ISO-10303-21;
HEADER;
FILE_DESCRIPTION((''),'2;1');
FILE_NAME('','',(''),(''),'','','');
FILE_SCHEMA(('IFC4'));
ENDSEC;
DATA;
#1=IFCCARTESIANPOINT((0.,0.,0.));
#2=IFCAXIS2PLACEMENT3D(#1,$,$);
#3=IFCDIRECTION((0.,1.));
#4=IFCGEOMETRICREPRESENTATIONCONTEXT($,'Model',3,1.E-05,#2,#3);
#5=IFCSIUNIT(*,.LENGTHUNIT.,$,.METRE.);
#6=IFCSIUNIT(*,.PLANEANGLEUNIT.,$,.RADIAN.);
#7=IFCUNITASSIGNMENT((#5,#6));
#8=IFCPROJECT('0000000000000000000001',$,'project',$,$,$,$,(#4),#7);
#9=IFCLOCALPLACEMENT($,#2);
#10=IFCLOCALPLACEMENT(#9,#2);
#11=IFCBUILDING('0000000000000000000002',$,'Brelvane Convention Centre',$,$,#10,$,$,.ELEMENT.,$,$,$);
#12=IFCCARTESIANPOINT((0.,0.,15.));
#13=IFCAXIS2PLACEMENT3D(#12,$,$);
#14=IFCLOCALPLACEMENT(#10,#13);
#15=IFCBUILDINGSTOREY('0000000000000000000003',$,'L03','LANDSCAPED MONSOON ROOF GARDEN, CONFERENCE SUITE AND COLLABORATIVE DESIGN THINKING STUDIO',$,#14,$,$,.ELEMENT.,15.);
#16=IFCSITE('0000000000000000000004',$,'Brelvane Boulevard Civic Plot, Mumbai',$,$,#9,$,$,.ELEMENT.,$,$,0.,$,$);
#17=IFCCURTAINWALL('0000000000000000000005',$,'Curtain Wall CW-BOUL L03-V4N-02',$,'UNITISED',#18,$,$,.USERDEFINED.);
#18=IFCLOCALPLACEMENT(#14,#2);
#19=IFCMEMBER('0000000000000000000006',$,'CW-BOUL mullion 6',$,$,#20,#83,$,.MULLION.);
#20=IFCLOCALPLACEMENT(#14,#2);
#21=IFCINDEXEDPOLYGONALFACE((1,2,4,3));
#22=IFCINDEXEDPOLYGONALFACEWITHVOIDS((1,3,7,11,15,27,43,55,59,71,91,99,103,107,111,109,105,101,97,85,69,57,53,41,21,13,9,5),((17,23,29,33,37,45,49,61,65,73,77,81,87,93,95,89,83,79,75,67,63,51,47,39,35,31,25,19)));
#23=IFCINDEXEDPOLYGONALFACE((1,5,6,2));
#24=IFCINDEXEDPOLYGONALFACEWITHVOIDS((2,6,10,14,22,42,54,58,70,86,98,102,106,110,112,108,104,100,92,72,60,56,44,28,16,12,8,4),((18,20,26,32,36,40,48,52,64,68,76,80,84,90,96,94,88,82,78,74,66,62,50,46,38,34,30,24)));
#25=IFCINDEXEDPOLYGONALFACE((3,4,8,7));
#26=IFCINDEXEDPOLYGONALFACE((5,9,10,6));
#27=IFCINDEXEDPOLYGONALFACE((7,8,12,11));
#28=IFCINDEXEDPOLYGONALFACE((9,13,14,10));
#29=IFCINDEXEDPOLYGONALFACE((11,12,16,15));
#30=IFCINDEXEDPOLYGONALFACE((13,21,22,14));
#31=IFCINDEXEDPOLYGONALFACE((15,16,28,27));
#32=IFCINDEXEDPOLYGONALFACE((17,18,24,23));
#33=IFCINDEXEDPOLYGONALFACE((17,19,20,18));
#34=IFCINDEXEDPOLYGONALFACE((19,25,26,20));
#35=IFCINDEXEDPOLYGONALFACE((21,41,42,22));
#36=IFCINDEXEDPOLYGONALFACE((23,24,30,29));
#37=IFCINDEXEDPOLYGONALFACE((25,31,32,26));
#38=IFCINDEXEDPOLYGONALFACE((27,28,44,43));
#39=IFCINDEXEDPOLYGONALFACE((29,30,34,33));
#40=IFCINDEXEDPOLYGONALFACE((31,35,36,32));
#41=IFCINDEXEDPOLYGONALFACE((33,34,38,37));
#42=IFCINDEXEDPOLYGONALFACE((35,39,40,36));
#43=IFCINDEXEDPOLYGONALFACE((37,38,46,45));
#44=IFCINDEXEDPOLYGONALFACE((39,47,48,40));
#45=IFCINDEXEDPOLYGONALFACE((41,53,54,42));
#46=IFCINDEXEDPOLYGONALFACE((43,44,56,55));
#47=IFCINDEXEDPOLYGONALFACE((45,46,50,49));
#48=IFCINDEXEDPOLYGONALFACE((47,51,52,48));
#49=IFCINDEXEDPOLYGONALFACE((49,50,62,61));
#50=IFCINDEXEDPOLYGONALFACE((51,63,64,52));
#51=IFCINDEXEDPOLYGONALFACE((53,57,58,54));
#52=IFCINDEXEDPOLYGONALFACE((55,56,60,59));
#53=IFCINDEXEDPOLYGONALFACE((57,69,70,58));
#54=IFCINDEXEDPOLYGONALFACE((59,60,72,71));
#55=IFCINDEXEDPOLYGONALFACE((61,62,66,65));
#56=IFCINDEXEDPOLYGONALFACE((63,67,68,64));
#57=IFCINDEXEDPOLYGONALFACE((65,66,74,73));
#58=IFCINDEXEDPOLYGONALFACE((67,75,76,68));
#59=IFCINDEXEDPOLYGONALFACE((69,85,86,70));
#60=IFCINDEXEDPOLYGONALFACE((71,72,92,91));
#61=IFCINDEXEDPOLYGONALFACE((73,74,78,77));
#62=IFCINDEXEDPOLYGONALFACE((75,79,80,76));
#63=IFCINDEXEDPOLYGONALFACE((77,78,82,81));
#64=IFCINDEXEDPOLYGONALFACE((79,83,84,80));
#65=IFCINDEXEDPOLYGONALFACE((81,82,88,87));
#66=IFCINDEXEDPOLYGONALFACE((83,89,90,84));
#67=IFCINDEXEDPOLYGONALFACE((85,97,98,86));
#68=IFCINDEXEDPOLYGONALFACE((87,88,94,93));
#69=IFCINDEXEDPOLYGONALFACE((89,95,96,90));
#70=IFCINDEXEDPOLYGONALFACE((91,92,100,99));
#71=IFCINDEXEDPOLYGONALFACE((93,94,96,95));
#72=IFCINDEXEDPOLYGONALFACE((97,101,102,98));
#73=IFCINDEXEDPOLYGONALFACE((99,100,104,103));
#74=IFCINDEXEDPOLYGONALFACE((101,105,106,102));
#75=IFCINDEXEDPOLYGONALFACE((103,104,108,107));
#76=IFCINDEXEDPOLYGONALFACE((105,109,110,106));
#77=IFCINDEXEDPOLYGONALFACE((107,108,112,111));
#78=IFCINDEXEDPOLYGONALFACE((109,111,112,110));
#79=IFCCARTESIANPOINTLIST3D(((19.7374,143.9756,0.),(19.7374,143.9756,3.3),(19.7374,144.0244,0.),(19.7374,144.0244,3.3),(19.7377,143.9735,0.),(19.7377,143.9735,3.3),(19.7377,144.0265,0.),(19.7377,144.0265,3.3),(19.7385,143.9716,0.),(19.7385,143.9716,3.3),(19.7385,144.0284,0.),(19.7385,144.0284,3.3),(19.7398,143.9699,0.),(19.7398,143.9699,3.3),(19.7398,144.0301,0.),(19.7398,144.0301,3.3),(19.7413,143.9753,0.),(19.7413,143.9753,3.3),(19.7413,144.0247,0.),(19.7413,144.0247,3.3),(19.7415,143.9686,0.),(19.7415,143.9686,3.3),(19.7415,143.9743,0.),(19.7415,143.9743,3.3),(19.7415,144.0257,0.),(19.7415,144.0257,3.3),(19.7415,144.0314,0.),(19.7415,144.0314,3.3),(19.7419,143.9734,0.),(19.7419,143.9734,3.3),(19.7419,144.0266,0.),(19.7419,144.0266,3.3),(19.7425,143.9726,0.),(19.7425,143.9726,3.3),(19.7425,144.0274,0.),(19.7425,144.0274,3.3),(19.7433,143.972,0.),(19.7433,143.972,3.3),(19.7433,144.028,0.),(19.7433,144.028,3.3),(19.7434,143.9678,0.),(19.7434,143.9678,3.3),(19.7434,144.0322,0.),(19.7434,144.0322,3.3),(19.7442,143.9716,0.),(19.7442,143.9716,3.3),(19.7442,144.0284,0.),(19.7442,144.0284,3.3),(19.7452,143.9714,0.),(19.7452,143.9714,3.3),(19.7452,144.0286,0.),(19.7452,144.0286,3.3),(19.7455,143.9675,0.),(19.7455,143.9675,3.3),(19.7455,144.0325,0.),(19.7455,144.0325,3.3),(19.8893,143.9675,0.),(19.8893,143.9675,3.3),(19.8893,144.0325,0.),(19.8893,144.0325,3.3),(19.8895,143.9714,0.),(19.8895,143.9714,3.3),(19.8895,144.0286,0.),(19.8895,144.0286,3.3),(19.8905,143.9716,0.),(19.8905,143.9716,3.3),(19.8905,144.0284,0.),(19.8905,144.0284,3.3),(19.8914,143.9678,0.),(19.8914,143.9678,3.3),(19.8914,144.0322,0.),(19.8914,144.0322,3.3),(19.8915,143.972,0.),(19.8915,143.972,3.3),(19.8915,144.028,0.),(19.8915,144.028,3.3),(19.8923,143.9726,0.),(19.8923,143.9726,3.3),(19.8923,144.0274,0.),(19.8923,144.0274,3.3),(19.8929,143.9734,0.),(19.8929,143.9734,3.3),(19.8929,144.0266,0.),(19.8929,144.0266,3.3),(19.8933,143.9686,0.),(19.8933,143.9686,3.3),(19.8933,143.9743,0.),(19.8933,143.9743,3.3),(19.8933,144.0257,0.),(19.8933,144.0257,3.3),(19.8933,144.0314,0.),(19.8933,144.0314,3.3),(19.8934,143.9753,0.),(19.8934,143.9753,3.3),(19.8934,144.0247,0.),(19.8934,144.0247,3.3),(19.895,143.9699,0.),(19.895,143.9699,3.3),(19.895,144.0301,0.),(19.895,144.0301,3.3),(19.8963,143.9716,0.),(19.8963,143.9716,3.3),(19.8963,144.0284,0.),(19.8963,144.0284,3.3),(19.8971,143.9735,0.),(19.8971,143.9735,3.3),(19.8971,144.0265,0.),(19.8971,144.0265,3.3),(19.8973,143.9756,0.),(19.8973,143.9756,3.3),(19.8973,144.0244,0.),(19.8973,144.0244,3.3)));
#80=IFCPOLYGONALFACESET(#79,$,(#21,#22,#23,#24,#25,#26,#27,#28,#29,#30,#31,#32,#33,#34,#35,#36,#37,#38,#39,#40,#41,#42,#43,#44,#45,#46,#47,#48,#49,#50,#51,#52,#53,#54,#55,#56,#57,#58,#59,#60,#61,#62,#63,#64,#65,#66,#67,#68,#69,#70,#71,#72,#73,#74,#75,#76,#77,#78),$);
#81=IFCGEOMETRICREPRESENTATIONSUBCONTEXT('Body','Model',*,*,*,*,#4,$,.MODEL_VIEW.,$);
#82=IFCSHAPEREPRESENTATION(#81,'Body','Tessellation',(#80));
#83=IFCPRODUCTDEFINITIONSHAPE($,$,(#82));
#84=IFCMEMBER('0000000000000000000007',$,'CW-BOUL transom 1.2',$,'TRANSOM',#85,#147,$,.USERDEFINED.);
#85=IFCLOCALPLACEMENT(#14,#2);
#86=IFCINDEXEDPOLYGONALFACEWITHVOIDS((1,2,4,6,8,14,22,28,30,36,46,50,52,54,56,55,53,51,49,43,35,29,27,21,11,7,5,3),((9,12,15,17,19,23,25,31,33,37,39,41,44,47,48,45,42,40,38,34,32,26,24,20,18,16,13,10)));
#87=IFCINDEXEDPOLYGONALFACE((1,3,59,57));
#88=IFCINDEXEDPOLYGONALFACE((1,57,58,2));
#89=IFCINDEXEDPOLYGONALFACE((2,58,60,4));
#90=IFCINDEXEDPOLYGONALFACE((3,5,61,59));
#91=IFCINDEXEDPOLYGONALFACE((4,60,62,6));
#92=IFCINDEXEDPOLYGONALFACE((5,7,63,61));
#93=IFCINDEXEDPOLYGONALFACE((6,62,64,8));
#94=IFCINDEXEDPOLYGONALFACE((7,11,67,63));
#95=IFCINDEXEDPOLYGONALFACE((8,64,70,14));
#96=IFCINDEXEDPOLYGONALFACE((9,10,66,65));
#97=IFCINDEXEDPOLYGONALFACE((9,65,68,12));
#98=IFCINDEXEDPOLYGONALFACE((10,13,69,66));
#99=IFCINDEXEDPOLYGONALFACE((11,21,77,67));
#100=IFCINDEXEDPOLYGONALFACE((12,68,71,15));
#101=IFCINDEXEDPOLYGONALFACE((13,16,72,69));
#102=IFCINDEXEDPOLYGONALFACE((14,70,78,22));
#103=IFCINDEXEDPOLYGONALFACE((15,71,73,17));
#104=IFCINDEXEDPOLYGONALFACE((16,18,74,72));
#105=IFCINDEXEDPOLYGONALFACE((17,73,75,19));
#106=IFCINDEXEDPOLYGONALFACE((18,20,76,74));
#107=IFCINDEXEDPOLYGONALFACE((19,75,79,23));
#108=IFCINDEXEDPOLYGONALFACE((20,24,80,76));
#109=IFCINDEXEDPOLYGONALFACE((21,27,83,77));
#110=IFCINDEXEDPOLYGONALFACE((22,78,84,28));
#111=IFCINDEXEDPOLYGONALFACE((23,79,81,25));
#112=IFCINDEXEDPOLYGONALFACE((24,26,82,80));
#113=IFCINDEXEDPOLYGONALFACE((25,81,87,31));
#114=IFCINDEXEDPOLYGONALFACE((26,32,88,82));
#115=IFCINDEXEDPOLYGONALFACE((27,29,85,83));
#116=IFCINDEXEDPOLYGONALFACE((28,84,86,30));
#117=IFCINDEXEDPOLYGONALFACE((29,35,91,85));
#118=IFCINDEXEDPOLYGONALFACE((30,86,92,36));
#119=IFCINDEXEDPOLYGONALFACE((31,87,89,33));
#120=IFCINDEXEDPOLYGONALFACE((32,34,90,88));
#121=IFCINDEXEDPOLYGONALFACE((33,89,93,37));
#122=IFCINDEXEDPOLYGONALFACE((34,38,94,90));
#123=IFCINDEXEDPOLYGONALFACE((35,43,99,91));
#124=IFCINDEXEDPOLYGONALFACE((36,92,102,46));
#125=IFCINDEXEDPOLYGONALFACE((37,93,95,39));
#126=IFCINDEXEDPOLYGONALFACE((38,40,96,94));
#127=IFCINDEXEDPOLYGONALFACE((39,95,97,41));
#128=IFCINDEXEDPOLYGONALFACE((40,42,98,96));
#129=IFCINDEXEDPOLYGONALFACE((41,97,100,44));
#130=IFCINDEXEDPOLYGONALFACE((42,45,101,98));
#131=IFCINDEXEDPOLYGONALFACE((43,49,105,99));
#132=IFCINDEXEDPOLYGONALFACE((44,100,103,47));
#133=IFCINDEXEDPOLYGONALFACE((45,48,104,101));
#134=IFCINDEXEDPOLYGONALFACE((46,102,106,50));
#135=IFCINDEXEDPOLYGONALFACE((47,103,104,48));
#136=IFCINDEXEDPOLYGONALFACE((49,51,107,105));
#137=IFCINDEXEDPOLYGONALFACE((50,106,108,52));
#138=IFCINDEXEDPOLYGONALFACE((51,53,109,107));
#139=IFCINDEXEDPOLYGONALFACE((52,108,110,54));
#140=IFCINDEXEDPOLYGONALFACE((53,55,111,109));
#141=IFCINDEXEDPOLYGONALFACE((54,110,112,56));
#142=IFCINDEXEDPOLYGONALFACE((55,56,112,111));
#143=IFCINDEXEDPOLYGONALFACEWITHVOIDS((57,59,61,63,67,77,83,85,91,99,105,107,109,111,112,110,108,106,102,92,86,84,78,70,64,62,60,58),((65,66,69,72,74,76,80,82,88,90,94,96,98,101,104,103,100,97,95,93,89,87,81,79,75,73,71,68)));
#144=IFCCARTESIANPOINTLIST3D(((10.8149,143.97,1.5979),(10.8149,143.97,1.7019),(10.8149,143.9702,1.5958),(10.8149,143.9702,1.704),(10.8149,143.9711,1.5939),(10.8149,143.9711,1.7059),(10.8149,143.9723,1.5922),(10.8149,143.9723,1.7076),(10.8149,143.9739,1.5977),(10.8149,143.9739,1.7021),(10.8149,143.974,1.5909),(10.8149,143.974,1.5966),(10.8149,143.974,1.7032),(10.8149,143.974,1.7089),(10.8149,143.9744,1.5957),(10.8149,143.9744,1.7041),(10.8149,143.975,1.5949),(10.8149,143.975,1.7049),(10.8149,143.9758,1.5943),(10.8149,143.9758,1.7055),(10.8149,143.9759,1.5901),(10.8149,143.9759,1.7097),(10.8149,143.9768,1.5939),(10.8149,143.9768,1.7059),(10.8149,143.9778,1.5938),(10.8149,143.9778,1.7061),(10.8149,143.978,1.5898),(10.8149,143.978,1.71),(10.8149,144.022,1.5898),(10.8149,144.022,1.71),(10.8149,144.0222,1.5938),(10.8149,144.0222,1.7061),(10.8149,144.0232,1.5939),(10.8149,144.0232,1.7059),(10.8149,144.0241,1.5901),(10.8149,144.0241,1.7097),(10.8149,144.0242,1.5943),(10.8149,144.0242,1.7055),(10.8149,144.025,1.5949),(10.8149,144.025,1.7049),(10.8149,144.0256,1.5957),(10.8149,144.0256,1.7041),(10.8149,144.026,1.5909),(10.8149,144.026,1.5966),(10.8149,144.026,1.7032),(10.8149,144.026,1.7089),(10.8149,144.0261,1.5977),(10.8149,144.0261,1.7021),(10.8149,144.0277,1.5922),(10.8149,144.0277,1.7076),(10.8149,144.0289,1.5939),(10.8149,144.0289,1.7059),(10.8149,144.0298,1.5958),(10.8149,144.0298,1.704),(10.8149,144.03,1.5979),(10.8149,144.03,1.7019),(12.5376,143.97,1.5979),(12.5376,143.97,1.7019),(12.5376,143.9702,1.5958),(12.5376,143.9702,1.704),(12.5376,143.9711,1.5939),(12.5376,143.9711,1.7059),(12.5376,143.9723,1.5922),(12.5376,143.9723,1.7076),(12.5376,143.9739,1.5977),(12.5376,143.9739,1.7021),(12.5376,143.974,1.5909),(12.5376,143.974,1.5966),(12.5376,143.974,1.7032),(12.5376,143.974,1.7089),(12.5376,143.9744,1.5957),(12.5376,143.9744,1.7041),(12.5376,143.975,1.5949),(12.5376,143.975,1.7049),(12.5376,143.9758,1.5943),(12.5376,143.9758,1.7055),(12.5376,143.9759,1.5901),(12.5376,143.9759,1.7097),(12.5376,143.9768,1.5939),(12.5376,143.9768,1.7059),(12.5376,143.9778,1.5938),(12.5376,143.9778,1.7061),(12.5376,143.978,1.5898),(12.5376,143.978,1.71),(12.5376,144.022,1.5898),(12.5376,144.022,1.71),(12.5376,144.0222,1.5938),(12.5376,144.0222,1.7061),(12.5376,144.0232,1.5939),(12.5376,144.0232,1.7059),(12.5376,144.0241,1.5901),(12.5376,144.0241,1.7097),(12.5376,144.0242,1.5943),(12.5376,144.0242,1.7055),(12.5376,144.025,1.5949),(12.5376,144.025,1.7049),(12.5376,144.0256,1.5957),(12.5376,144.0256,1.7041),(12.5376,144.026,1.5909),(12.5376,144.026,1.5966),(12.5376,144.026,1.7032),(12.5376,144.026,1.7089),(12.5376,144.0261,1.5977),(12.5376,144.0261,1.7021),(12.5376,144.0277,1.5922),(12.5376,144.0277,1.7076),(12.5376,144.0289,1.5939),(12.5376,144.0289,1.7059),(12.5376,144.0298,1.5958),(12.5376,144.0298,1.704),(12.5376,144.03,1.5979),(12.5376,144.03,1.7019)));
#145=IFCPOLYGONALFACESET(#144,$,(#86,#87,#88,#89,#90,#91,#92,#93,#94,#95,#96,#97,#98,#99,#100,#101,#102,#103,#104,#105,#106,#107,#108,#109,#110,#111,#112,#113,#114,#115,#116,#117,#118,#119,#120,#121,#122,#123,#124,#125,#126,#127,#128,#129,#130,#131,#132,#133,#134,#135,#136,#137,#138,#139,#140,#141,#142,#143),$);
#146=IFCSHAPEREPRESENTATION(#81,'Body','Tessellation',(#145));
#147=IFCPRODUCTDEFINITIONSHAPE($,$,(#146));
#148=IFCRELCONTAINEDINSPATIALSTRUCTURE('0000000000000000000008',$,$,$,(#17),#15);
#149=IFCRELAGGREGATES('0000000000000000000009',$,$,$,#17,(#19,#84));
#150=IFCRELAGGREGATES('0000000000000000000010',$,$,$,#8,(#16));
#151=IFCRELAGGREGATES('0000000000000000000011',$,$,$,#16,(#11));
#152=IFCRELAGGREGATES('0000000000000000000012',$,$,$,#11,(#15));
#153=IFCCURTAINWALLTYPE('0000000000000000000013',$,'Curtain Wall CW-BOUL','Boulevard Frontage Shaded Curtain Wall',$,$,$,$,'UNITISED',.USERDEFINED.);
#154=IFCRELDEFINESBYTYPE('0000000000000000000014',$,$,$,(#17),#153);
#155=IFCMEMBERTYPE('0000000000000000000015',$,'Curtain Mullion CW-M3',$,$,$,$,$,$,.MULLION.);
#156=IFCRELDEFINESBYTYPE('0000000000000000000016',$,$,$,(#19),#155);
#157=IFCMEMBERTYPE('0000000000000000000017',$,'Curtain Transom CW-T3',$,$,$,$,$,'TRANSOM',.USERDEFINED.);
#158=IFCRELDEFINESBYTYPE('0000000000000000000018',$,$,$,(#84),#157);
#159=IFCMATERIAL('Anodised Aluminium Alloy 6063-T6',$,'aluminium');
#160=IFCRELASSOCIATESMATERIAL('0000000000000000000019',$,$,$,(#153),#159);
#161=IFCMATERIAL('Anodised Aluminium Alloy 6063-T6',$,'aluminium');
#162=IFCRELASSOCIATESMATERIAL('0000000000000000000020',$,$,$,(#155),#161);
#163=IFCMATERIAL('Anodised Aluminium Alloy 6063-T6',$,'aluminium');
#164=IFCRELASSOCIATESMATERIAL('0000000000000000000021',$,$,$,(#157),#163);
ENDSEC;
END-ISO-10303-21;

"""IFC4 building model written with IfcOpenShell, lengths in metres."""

from ifc_helpers import new_model, si_unit, direction, frame, origin, origin_2d, place, context, subcontext, project, spatial, hollow_rectangle, extrude, material, material_profile, profile_set, type_object, element, aggregate, save


model = new_model("IFC4")

# Units and contexts
model_context = context("Model", 3, precision=1e-05, world=origin(), true_north=direction((0.0, 1.0)))
body_context = subcontext(model_context, "Body", "Model", "MODEL_VIEW")
ifc_project = project(units=[si_unit("LENGTHUNIT", "METRE"), si_unit("PLANEANGLEUNIT", "RADIAN")], contexts=[model_context])

# Site, building, storey
site_placement = place(None, origin())
site = spatial("IfcSite", under=ifc_project, at=site_placement, Name="Brelvane Boulevard Civic Plot, Mumbai", CompositionType="ELEMENT", RefElevation=0.0)
building_placement = place(site_placement, origin())
building = spatial("IfcBuilding", under=site, at=building_placement, Name="Brelvane Convention Centre", CompositionType="ELEMENT")
storey_placement = place(building_placement, frame((0.0, 0.0, 15.0)))
storey = spatial("IfcBuildingStorey", under=building, at=storey_placement, Name="L03", Description="LANDSCAPED MONSOON ROOF GARDEN, CONFERENCE SUITE AND COLLABORATIVE DESIGN THINKING STUDIO", CompositionType="ELEMENT", Elevation=15.0)

# Curtain wall, members
ifc_material_1 = material(Name="Anodised Aluminium Alloy 6063-T6", Category="aluminium")
curtain_wall_type = type_object("IfcCurtainWallType", Name="Curtain Wall CW-BOUL", Description="Boulevard Frontage Shaded Curtain Wall", ElementType="UNITISED", PredefinedType="USERDEFINED", material=ifc_material_1)
curtain_wall_placement = place(storey_placement, origin())
curtain_wall = element("IfcCurtainWall", 1, at=curtain_wall_placement, inside=storey, type_object=curtain_wall_type, Name="Curtain Wall CW-BOUL L03-V4N-02", ObjectType="UNITISED", PredefinedType="USERDEFINED")
ifc_material_2 = material(Name="Anodised Aluminium Alloy 6063-T6", Category="aluminium")
ifc_material_profile_1 = material_profile(ifc_material_2, hollow_rectangle(XDim=0.0649, YDim=0.1599, WallThickness=0.0039, InnerFilletRadius=0.0039, OuterFilletRadius=0.0081, at=origin_2d()), Name="ALU-M 160x65x4.0")
ifc_profile_set_1 = profile_set([ifc_material_profile_1], Name="Anodised Aluminium Alloy 6063-T6")
member_type_1 = type_object("IfcMemberType", Name="Curtain Mullion CW-M3", PredefinedType="MULLION", material=ifc_profile_set_1)
member_1_placement = place(storey_placement, frame((19.8174, 144.0, 0.0), z_axis=(0.0, 0.0, 1.0), x_axis=(0.0, 1.0, 0.0)))
member_1 = element("IfcMember", 2, at=member_1_placement, type_object=member_type_1, Name="CW-BOUL mullion 6", PredefinedType="MULLION", context=body_context, shape_type="SweptSolid", body=[
    extrude(hollow_rectangle(XDim=0.0649, YDim=0.1599, WallThickness=0.0039, InnerFilletRadius=0.0039, OuterFilletRadius=0.0081, at=origin_2d()), origin(), (0.0, 0.0, 1.0), 3.3),
])
ifc_material_3 = material(Name="Anodised Aluminium Alloy 6063-T6", Category="aluminium")
ifc_material_profile_2 = material_profile(ifc_material_3, hollow_rectangle(XDim=0.0601, YDim=0.1201, WallThickness=0.0039, InnerFilletRadius=0.0039, OuterFilletRadius=0.0081, at=origin_2d()), Name="ALU-T 120x60x4.0")
ifc_profile_set_2 = profile_set([ifc_material_profile_2], Name="Anodised Aluminium Alloy 6063-T6")
member_type_2 = type_object("IfcMemberType", Name="Curtain Transom CW-T3", ElementType="TRANSOM", PredefinedType="USERDEFINED", material=ifc_profile_set_2)
member_2_placement = place(storey_placement, frame((10.8149, 144.0, 1.6499), z_axis=(1.0, 0.0, 0.0), x_axis=(0.0, 1.0, 0.0)))
member_2 = element("IfcMember", 3, at=member_2_placement, type_object=member_type_2, Name="CW-BOUL transom 1.2", ObjectType="TRANSOM", PredefinedType="USERDEFINED", context=body_context, shape_type="SweptSolid", body=[
    extrude(hollow_rectangle(XDim=0.0601, YDim=0.1201, WallThickness=0.0039, InnerFilletRadius=0.0039, OuterFilletRadius=0.0081, at=origin_2d()), origin(), (0.0, 0.0, 1.0), 1.7227),
])

aggregate(curtain_wall, [member_1, member_2])

save(model, "model.ifc")
